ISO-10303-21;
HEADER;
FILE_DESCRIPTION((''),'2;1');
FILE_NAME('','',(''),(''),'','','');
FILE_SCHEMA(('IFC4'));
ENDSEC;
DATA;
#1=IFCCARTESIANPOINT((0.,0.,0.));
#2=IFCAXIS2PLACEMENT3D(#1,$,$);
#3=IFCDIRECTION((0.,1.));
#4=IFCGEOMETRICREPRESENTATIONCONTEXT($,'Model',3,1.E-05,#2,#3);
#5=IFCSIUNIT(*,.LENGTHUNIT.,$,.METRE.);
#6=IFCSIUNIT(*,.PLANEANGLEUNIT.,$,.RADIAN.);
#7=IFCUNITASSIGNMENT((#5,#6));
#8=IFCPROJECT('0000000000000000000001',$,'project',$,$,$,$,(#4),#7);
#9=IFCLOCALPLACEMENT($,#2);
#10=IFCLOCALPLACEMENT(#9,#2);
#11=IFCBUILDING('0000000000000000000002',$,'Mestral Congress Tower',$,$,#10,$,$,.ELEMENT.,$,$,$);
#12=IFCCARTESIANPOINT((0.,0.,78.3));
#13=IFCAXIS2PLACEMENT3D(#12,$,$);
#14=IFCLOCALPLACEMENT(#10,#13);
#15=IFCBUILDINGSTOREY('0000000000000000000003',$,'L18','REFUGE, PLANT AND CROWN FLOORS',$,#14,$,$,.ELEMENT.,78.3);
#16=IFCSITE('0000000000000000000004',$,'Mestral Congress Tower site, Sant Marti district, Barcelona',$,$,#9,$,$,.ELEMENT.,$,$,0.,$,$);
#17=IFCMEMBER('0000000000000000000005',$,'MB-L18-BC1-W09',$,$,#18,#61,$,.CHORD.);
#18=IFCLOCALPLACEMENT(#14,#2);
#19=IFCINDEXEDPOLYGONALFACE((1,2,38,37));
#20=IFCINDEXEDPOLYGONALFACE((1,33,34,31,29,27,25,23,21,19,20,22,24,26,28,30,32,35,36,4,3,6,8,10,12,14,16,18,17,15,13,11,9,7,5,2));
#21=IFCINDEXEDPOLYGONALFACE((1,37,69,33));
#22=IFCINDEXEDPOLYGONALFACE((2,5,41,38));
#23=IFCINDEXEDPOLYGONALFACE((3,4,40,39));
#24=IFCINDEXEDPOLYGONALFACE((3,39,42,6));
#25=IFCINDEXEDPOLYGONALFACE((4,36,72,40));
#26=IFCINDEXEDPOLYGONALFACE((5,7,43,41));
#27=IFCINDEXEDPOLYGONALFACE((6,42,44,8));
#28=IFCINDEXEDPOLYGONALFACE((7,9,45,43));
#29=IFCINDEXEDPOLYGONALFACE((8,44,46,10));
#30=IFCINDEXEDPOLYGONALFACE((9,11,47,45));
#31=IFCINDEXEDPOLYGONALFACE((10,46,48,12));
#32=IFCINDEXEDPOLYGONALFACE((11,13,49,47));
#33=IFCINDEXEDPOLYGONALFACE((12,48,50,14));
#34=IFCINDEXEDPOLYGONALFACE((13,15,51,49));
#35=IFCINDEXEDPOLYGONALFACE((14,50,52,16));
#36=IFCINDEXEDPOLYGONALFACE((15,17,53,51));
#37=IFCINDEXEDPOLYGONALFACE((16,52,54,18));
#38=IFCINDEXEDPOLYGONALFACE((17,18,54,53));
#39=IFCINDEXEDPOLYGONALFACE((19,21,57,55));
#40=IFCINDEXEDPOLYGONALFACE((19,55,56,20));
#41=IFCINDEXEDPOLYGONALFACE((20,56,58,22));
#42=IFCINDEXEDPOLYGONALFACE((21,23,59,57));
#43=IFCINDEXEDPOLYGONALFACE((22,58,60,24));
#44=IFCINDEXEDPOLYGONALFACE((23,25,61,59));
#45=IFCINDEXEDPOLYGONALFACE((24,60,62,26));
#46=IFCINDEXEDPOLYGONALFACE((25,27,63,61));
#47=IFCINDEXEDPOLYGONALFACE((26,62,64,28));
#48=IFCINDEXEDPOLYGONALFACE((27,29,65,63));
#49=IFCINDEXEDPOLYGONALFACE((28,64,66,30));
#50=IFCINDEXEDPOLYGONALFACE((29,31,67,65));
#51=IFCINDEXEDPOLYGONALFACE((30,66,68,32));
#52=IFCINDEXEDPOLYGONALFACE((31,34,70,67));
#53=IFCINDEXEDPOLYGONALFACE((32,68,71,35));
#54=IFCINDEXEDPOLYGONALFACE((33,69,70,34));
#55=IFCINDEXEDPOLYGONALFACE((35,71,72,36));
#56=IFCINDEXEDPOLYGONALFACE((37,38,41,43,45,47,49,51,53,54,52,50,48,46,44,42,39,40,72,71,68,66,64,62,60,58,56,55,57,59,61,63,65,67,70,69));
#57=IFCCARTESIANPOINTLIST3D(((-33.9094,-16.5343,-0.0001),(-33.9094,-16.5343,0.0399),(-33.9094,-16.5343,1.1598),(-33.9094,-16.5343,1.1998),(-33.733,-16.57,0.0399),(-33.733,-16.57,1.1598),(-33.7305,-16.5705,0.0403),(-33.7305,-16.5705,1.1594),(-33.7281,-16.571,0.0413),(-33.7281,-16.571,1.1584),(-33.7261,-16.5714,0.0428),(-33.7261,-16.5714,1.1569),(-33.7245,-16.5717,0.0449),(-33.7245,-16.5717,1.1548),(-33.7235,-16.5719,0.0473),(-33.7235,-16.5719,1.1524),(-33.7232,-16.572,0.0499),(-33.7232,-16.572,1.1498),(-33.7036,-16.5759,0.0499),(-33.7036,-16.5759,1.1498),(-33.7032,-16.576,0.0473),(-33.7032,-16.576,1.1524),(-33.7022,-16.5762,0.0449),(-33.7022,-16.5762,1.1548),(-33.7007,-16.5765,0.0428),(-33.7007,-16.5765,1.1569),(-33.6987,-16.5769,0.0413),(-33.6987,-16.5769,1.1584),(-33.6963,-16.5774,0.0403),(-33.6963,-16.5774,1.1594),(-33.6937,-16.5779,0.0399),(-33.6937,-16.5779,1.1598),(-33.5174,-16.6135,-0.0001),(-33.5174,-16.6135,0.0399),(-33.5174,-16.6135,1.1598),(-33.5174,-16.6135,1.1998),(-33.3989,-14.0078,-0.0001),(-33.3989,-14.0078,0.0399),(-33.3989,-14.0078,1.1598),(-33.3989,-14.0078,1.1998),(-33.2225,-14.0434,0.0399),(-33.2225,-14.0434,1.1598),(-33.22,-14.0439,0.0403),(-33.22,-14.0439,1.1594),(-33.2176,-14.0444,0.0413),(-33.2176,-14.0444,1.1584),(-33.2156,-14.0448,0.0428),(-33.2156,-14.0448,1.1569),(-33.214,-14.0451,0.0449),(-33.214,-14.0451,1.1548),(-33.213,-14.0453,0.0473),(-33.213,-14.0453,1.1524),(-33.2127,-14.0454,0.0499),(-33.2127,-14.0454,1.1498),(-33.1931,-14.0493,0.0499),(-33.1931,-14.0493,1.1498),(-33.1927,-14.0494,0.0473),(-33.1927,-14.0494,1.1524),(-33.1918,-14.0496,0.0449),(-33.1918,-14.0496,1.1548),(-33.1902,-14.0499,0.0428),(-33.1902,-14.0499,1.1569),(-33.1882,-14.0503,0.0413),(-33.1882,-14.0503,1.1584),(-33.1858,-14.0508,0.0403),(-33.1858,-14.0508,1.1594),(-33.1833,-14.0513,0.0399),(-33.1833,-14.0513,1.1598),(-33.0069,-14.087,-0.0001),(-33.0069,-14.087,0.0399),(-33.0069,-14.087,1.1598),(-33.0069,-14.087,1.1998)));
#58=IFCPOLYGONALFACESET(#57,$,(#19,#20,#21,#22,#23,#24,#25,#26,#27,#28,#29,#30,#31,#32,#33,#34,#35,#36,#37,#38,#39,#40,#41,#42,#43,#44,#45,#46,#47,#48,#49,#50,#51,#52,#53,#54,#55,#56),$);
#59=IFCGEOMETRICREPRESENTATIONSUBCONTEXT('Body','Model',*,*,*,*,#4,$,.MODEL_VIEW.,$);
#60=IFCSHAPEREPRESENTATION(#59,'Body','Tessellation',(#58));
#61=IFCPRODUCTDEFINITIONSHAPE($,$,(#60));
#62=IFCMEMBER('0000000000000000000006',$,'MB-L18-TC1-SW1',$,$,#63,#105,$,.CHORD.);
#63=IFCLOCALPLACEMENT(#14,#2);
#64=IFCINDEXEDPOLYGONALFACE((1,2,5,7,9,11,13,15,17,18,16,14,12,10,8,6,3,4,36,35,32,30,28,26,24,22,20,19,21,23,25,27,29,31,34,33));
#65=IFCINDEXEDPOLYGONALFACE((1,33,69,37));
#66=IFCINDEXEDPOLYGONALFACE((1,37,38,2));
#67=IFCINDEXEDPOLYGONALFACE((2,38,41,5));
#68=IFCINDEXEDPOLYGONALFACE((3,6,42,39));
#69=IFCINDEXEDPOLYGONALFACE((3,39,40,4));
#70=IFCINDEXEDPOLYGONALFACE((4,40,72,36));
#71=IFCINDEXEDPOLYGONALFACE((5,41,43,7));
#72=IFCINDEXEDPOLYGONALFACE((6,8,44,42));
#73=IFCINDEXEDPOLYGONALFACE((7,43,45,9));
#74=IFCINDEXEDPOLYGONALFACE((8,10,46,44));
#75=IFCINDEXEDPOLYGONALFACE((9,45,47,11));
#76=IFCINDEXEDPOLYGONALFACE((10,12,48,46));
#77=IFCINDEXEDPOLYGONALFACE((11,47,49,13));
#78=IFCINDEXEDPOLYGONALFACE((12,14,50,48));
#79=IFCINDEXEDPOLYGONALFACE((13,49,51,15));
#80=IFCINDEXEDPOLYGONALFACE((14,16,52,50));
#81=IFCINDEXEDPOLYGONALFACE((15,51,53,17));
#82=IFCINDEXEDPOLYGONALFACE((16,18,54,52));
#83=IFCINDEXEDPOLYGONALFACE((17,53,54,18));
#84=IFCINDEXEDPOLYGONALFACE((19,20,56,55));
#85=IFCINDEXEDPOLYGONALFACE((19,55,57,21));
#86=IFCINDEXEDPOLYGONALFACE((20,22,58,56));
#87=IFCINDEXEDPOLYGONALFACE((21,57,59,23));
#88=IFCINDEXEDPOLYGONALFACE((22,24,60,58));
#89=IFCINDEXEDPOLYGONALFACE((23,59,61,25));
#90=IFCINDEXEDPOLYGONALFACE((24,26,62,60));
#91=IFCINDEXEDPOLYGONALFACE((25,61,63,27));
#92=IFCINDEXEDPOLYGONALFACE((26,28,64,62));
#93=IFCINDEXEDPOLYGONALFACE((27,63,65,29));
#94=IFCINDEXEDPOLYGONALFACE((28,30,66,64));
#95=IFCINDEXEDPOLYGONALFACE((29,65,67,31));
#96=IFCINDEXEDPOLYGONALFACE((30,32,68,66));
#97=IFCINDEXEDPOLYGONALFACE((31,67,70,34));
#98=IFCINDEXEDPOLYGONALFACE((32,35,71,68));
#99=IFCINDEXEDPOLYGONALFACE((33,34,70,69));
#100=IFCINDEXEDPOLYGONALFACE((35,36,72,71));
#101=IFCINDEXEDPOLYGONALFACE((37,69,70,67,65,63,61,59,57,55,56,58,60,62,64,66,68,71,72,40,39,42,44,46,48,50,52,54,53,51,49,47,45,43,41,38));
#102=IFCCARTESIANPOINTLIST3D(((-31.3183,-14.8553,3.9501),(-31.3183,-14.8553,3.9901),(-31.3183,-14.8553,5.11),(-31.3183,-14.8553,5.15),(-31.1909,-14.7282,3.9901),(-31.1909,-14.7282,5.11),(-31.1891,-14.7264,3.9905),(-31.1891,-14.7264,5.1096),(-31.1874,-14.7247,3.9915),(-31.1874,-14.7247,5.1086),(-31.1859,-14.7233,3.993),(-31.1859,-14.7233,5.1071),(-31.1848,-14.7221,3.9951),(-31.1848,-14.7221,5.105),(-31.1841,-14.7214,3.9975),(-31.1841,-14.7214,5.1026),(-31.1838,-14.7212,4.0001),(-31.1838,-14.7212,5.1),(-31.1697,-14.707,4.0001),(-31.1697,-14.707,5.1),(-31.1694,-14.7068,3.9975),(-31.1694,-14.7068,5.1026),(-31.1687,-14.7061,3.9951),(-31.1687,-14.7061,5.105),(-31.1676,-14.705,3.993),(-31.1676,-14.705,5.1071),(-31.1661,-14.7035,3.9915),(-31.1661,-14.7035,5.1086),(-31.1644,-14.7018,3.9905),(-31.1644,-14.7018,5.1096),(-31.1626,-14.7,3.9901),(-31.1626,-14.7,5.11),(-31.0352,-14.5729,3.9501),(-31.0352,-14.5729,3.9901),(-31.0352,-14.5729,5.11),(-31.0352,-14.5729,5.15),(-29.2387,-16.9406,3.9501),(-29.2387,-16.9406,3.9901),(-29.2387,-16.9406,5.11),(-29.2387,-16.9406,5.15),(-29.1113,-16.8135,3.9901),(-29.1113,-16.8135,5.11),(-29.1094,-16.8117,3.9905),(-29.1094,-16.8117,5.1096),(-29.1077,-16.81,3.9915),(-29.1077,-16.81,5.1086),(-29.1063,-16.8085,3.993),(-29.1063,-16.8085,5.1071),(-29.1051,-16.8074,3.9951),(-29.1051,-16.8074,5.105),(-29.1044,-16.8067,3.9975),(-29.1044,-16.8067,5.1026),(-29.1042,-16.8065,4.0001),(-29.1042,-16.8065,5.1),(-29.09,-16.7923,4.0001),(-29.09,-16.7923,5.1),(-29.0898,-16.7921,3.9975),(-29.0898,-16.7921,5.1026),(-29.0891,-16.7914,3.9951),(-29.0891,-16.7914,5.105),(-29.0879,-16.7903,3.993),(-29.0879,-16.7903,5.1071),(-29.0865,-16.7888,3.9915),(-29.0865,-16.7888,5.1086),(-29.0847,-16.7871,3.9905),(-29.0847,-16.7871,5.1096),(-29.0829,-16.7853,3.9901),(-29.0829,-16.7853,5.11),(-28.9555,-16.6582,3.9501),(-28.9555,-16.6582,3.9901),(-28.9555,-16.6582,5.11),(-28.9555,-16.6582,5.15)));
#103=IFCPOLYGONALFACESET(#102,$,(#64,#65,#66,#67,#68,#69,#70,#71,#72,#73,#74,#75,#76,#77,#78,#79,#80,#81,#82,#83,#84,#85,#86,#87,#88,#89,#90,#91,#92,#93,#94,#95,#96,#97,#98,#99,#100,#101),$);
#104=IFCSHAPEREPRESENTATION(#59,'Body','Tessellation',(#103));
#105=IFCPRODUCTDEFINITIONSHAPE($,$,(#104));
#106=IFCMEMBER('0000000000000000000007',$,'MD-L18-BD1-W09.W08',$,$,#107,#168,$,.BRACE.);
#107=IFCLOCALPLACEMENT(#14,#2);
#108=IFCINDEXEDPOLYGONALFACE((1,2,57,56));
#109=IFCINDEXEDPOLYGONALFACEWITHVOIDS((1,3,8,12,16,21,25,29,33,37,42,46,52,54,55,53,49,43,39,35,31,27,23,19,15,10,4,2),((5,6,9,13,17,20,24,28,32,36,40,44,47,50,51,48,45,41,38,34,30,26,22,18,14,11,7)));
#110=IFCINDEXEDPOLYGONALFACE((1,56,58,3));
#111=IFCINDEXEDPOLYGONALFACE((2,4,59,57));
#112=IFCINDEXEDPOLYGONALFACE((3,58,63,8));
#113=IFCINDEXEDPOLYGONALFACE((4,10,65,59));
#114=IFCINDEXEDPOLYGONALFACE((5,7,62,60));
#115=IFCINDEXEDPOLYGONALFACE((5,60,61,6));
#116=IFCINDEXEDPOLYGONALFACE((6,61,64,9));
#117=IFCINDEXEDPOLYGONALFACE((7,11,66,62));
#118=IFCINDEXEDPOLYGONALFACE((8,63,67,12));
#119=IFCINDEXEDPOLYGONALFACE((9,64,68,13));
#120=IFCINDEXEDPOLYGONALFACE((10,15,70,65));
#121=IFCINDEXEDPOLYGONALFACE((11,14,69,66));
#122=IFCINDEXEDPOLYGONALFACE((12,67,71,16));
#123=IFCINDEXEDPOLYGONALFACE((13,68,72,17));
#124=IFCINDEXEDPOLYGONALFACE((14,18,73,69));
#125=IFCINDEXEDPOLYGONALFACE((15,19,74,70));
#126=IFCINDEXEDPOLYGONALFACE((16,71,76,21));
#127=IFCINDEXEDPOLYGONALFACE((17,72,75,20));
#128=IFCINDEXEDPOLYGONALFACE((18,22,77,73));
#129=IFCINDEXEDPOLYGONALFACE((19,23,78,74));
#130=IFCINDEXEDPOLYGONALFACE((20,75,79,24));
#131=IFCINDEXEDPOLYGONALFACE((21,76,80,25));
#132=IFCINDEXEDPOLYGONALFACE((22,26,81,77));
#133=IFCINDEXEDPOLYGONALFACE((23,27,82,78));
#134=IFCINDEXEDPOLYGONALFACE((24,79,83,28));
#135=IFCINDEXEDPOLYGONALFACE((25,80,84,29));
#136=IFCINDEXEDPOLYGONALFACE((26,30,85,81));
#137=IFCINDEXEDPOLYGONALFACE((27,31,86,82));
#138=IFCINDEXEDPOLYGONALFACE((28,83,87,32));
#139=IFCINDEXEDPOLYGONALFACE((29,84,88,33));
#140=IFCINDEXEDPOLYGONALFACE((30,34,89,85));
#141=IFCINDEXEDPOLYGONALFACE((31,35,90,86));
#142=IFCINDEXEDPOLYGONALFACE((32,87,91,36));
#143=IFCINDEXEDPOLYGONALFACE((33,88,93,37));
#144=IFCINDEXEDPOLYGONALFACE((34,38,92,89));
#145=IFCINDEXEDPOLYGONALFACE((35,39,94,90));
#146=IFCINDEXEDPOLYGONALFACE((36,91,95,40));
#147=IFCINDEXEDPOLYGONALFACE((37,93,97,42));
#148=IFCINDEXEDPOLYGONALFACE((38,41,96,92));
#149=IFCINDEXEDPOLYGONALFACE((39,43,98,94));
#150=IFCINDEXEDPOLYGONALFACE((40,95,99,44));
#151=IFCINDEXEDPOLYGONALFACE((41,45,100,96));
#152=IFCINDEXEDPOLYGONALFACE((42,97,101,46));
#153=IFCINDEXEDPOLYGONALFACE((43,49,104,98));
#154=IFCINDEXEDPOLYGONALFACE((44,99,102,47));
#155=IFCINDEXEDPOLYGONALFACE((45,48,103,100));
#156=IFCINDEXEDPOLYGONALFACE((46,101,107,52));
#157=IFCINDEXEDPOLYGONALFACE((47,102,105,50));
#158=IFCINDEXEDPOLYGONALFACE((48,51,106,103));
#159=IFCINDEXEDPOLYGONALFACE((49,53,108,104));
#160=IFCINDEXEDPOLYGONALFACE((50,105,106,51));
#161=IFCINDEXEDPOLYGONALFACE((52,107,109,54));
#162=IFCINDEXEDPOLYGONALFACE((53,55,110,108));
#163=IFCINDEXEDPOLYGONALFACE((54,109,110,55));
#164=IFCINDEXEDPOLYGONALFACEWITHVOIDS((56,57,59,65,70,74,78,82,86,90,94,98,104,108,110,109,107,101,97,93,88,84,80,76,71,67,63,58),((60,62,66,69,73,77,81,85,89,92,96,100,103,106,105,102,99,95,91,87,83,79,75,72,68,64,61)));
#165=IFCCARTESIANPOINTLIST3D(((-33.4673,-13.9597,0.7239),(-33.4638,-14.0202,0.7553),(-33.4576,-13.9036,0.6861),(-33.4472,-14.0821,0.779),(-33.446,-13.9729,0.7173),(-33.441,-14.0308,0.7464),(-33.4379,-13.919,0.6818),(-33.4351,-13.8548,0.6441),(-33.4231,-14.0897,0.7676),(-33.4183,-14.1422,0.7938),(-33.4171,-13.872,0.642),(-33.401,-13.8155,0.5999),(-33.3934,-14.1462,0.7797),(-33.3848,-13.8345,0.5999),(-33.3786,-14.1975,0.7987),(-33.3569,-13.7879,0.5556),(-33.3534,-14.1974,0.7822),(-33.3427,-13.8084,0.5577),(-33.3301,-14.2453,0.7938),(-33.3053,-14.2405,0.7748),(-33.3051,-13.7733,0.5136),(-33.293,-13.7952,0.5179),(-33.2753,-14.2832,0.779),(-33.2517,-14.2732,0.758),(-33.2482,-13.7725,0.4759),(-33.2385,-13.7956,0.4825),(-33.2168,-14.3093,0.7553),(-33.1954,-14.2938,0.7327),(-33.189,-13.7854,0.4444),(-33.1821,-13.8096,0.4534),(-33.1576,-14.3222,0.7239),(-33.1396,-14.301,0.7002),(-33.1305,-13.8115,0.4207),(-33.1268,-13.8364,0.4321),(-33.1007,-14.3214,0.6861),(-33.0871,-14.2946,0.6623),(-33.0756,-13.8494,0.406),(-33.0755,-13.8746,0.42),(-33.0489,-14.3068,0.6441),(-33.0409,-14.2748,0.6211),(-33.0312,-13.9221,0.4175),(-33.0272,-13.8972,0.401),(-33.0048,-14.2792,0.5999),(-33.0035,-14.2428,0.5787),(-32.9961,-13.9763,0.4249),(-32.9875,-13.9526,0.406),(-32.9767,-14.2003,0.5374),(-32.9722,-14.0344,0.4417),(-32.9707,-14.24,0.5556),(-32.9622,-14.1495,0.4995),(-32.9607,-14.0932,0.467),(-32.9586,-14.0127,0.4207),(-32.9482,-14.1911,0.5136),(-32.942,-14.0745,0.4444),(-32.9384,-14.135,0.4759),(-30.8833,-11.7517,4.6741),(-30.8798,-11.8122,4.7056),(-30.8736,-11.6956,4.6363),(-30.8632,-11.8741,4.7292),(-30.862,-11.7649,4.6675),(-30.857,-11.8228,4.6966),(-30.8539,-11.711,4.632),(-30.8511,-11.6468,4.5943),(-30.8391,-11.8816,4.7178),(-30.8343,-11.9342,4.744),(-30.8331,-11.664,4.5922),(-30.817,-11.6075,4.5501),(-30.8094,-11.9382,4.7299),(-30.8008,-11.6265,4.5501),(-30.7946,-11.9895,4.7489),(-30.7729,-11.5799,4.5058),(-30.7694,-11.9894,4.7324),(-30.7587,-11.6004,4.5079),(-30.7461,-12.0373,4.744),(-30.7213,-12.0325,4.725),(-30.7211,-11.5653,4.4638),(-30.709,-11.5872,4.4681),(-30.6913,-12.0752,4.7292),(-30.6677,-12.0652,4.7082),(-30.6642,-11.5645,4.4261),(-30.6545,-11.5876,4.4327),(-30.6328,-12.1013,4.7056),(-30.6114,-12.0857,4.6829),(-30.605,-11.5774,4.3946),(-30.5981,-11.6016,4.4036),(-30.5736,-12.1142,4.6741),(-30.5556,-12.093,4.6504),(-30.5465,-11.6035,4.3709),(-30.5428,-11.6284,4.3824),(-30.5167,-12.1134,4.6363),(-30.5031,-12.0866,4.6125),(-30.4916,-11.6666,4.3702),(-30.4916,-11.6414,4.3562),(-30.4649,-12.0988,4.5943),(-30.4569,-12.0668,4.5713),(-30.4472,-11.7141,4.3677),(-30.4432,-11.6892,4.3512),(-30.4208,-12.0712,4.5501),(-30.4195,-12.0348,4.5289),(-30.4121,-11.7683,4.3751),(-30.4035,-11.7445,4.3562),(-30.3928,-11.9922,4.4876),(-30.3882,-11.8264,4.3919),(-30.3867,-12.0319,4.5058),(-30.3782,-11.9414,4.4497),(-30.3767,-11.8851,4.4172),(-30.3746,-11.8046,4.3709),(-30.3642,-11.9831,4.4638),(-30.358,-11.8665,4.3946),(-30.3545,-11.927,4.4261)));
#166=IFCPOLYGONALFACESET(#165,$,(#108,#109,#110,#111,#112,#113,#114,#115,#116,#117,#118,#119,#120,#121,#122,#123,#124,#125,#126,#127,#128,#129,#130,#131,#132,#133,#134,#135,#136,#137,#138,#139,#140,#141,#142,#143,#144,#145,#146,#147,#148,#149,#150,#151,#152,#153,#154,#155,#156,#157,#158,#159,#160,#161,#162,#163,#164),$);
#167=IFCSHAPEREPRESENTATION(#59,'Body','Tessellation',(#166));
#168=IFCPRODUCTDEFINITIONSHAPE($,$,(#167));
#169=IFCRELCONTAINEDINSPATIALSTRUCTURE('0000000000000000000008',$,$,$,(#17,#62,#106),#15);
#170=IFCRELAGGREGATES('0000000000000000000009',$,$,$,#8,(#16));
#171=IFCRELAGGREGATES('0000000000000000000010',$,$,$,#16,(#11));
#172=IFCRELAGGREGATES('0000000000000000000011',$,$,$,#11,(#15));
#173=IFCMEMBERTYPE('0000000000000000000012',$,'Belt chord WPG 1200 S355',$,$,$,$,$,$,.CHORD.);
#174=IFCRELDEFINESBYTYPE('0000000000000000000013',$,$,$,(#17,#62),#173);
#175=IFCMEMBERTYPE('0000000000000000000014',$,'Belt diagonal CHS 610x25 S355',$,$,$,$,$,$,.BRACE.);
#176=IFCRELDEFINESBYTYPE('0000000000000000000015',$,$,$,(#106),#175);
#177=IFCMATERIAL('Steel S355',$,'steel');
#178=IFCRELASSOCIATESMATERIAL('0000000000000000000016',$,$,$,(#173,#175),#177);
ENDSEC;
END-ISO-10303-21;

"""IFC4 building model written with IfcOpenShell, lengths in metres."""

from ifc_helpers import new_model, si_unit, direction, frame, origin, origin_2d, place, context, subcontext, project, spatial, hollow_circle, i_section, extrude, material, material_profile, profile_set, type_object, element, save


model = new_model("IFC4")

# Units and contexts
model_context = context("Model", 3, precision=1e-05, world=origin(), true_north=direction((0.0, 1.0)))
body_context = subcontext(model_context, "Body", "Model", "MODEL_VIEW")
ifc_project = project(units=[si_unit("LENGTHUNIT", "METRE"), si_unit("PLANEANGLEUNIT", "RADIAN")], contexts=[model_context])

# Site, building, storey
site_placement = place(None, origin())
site = spatial("IfcSite", under=ifc_project, at=site_placement, Name="Mestral Congress Tower site, Sant Marti district, Barcelona", CompositionType="ELEMENT", RefElevation=0.0)
building_placement = place(site_placement, origin())
building = spatial("IfcBuilding", under=site, at=building_placement, Name="Mestral Congress Tower", CompositionType="ELEMENT")
storey_placement = place(building_placement, frame((0.0, 0.0, 78.3)))
storey = spatial("IfcBuildingStorey", under=building, at=storey_placement, Name="L18", Description="REFUGE, PLANT AND CROWN FLOORS", CompositionType="ELEMENT", Elevation=78.3)

# Members
ifc_material_1 = material(Name="Steel S355", Category="steel")
ifc_material_profile_1 = material_profile(ifc_material_1, i_section(OverallWidth=0.3999, OverallDepth=1.2, WebThickness=0.02, FlangeThickness=0.04, FilletRadius=0.01, at=origin_2d()), Name="WPG 1200")
ifc_profile_set_1 = profile_set([ifc_material_profile_1], Name="Steel S355")
member_type_1 = type_object("IfcMemberType", Name="Belt chord WPG 1200 S355", PredefinedType="CHORD", material=ifc_profile_set_1)
member_1_placement = place(storey_placement, frame((-33.2029, -14.0474, 0.5999), z_axis=(-0.198046, -0.980193, 0.0), x_axis=(0.980193, -0.198046, 0.0)))
element("IfcMember", 1, at=member_1_placement, inside=storey, type_object=member_type_1, Name="MB-L18-BC1-W09", PredefinedType="CHORD", context=body_context, shape_type="SweptSolid", body=[
    extrude(i_section(OverallWidth=0.3999, OverallDepth=1.2, WebThickness=0.02, FlangeThickness=0.04, FilletRadius=0.01, at=origin_2d()), origin(), (0.0, 0.0, 1.0), 2.5776),
])
member_2_placement = place(storey_placement, frame((-31.1768, -14.7141, 4.55), z_axis=(0.706153, -0.70806, 0.0), x_axis=(0.70806, 0.706153, 0.0)))
element("IfcMember", 2, at=member_2_placement, inside=storey, type_object=member_type_1, Name="MB-L18-TC1-SW1", PredefinedType="CHORD", context=body_context, shape_type="SweptSolid", body=[
    extrude(i_section(OverallWidth=0.3999, OverallDepth=1.2, WebThickness=0.02, FlangeThickness=0.04, FilletRadius=0.01, at=origin_2d()), origin(), (0.0, 0.0, 1.0), 2.9451),
])
ifc_material_profile_2 = material_profile(ifc_material_1, hollow_circle(Radius=0.3049, WallThickness=0.0249, at=origin_2d()), Name="CHS 610x25")
ifc_profile_set_2 = profile_set([ifc_material_profile_2], Name="Steel S355")
member_type_2 = type_object("IfcMemberType", Name="Belt diagonal CHS 610x25 S355", PredefinedType="BRACE", material=ifc_profile_set_2)
member_3_placement = place(storey_placement, frame((-33.2029, -14.0474, 0.5999), z_axis=(0.495855, 0.423707, 0.758024), x_axis=(-0.649631, 0.76025, 0.0)))
element("IfcMember", 3, at=member_3_placement, inside=storey, type_object=member_type_2, Name="MD-L18-BD1-W09.W08", PredefinedType="BRACE", context=body_context, shape_type="SweptSolid", body=[
    extrude(hollow_circle(Radius=0.3049, WallThickness=0.0249, at=origin_2d()), origin(), (0.0, 0.0, 1.0), 5.2112),
])

save(model, "model.ifc")
